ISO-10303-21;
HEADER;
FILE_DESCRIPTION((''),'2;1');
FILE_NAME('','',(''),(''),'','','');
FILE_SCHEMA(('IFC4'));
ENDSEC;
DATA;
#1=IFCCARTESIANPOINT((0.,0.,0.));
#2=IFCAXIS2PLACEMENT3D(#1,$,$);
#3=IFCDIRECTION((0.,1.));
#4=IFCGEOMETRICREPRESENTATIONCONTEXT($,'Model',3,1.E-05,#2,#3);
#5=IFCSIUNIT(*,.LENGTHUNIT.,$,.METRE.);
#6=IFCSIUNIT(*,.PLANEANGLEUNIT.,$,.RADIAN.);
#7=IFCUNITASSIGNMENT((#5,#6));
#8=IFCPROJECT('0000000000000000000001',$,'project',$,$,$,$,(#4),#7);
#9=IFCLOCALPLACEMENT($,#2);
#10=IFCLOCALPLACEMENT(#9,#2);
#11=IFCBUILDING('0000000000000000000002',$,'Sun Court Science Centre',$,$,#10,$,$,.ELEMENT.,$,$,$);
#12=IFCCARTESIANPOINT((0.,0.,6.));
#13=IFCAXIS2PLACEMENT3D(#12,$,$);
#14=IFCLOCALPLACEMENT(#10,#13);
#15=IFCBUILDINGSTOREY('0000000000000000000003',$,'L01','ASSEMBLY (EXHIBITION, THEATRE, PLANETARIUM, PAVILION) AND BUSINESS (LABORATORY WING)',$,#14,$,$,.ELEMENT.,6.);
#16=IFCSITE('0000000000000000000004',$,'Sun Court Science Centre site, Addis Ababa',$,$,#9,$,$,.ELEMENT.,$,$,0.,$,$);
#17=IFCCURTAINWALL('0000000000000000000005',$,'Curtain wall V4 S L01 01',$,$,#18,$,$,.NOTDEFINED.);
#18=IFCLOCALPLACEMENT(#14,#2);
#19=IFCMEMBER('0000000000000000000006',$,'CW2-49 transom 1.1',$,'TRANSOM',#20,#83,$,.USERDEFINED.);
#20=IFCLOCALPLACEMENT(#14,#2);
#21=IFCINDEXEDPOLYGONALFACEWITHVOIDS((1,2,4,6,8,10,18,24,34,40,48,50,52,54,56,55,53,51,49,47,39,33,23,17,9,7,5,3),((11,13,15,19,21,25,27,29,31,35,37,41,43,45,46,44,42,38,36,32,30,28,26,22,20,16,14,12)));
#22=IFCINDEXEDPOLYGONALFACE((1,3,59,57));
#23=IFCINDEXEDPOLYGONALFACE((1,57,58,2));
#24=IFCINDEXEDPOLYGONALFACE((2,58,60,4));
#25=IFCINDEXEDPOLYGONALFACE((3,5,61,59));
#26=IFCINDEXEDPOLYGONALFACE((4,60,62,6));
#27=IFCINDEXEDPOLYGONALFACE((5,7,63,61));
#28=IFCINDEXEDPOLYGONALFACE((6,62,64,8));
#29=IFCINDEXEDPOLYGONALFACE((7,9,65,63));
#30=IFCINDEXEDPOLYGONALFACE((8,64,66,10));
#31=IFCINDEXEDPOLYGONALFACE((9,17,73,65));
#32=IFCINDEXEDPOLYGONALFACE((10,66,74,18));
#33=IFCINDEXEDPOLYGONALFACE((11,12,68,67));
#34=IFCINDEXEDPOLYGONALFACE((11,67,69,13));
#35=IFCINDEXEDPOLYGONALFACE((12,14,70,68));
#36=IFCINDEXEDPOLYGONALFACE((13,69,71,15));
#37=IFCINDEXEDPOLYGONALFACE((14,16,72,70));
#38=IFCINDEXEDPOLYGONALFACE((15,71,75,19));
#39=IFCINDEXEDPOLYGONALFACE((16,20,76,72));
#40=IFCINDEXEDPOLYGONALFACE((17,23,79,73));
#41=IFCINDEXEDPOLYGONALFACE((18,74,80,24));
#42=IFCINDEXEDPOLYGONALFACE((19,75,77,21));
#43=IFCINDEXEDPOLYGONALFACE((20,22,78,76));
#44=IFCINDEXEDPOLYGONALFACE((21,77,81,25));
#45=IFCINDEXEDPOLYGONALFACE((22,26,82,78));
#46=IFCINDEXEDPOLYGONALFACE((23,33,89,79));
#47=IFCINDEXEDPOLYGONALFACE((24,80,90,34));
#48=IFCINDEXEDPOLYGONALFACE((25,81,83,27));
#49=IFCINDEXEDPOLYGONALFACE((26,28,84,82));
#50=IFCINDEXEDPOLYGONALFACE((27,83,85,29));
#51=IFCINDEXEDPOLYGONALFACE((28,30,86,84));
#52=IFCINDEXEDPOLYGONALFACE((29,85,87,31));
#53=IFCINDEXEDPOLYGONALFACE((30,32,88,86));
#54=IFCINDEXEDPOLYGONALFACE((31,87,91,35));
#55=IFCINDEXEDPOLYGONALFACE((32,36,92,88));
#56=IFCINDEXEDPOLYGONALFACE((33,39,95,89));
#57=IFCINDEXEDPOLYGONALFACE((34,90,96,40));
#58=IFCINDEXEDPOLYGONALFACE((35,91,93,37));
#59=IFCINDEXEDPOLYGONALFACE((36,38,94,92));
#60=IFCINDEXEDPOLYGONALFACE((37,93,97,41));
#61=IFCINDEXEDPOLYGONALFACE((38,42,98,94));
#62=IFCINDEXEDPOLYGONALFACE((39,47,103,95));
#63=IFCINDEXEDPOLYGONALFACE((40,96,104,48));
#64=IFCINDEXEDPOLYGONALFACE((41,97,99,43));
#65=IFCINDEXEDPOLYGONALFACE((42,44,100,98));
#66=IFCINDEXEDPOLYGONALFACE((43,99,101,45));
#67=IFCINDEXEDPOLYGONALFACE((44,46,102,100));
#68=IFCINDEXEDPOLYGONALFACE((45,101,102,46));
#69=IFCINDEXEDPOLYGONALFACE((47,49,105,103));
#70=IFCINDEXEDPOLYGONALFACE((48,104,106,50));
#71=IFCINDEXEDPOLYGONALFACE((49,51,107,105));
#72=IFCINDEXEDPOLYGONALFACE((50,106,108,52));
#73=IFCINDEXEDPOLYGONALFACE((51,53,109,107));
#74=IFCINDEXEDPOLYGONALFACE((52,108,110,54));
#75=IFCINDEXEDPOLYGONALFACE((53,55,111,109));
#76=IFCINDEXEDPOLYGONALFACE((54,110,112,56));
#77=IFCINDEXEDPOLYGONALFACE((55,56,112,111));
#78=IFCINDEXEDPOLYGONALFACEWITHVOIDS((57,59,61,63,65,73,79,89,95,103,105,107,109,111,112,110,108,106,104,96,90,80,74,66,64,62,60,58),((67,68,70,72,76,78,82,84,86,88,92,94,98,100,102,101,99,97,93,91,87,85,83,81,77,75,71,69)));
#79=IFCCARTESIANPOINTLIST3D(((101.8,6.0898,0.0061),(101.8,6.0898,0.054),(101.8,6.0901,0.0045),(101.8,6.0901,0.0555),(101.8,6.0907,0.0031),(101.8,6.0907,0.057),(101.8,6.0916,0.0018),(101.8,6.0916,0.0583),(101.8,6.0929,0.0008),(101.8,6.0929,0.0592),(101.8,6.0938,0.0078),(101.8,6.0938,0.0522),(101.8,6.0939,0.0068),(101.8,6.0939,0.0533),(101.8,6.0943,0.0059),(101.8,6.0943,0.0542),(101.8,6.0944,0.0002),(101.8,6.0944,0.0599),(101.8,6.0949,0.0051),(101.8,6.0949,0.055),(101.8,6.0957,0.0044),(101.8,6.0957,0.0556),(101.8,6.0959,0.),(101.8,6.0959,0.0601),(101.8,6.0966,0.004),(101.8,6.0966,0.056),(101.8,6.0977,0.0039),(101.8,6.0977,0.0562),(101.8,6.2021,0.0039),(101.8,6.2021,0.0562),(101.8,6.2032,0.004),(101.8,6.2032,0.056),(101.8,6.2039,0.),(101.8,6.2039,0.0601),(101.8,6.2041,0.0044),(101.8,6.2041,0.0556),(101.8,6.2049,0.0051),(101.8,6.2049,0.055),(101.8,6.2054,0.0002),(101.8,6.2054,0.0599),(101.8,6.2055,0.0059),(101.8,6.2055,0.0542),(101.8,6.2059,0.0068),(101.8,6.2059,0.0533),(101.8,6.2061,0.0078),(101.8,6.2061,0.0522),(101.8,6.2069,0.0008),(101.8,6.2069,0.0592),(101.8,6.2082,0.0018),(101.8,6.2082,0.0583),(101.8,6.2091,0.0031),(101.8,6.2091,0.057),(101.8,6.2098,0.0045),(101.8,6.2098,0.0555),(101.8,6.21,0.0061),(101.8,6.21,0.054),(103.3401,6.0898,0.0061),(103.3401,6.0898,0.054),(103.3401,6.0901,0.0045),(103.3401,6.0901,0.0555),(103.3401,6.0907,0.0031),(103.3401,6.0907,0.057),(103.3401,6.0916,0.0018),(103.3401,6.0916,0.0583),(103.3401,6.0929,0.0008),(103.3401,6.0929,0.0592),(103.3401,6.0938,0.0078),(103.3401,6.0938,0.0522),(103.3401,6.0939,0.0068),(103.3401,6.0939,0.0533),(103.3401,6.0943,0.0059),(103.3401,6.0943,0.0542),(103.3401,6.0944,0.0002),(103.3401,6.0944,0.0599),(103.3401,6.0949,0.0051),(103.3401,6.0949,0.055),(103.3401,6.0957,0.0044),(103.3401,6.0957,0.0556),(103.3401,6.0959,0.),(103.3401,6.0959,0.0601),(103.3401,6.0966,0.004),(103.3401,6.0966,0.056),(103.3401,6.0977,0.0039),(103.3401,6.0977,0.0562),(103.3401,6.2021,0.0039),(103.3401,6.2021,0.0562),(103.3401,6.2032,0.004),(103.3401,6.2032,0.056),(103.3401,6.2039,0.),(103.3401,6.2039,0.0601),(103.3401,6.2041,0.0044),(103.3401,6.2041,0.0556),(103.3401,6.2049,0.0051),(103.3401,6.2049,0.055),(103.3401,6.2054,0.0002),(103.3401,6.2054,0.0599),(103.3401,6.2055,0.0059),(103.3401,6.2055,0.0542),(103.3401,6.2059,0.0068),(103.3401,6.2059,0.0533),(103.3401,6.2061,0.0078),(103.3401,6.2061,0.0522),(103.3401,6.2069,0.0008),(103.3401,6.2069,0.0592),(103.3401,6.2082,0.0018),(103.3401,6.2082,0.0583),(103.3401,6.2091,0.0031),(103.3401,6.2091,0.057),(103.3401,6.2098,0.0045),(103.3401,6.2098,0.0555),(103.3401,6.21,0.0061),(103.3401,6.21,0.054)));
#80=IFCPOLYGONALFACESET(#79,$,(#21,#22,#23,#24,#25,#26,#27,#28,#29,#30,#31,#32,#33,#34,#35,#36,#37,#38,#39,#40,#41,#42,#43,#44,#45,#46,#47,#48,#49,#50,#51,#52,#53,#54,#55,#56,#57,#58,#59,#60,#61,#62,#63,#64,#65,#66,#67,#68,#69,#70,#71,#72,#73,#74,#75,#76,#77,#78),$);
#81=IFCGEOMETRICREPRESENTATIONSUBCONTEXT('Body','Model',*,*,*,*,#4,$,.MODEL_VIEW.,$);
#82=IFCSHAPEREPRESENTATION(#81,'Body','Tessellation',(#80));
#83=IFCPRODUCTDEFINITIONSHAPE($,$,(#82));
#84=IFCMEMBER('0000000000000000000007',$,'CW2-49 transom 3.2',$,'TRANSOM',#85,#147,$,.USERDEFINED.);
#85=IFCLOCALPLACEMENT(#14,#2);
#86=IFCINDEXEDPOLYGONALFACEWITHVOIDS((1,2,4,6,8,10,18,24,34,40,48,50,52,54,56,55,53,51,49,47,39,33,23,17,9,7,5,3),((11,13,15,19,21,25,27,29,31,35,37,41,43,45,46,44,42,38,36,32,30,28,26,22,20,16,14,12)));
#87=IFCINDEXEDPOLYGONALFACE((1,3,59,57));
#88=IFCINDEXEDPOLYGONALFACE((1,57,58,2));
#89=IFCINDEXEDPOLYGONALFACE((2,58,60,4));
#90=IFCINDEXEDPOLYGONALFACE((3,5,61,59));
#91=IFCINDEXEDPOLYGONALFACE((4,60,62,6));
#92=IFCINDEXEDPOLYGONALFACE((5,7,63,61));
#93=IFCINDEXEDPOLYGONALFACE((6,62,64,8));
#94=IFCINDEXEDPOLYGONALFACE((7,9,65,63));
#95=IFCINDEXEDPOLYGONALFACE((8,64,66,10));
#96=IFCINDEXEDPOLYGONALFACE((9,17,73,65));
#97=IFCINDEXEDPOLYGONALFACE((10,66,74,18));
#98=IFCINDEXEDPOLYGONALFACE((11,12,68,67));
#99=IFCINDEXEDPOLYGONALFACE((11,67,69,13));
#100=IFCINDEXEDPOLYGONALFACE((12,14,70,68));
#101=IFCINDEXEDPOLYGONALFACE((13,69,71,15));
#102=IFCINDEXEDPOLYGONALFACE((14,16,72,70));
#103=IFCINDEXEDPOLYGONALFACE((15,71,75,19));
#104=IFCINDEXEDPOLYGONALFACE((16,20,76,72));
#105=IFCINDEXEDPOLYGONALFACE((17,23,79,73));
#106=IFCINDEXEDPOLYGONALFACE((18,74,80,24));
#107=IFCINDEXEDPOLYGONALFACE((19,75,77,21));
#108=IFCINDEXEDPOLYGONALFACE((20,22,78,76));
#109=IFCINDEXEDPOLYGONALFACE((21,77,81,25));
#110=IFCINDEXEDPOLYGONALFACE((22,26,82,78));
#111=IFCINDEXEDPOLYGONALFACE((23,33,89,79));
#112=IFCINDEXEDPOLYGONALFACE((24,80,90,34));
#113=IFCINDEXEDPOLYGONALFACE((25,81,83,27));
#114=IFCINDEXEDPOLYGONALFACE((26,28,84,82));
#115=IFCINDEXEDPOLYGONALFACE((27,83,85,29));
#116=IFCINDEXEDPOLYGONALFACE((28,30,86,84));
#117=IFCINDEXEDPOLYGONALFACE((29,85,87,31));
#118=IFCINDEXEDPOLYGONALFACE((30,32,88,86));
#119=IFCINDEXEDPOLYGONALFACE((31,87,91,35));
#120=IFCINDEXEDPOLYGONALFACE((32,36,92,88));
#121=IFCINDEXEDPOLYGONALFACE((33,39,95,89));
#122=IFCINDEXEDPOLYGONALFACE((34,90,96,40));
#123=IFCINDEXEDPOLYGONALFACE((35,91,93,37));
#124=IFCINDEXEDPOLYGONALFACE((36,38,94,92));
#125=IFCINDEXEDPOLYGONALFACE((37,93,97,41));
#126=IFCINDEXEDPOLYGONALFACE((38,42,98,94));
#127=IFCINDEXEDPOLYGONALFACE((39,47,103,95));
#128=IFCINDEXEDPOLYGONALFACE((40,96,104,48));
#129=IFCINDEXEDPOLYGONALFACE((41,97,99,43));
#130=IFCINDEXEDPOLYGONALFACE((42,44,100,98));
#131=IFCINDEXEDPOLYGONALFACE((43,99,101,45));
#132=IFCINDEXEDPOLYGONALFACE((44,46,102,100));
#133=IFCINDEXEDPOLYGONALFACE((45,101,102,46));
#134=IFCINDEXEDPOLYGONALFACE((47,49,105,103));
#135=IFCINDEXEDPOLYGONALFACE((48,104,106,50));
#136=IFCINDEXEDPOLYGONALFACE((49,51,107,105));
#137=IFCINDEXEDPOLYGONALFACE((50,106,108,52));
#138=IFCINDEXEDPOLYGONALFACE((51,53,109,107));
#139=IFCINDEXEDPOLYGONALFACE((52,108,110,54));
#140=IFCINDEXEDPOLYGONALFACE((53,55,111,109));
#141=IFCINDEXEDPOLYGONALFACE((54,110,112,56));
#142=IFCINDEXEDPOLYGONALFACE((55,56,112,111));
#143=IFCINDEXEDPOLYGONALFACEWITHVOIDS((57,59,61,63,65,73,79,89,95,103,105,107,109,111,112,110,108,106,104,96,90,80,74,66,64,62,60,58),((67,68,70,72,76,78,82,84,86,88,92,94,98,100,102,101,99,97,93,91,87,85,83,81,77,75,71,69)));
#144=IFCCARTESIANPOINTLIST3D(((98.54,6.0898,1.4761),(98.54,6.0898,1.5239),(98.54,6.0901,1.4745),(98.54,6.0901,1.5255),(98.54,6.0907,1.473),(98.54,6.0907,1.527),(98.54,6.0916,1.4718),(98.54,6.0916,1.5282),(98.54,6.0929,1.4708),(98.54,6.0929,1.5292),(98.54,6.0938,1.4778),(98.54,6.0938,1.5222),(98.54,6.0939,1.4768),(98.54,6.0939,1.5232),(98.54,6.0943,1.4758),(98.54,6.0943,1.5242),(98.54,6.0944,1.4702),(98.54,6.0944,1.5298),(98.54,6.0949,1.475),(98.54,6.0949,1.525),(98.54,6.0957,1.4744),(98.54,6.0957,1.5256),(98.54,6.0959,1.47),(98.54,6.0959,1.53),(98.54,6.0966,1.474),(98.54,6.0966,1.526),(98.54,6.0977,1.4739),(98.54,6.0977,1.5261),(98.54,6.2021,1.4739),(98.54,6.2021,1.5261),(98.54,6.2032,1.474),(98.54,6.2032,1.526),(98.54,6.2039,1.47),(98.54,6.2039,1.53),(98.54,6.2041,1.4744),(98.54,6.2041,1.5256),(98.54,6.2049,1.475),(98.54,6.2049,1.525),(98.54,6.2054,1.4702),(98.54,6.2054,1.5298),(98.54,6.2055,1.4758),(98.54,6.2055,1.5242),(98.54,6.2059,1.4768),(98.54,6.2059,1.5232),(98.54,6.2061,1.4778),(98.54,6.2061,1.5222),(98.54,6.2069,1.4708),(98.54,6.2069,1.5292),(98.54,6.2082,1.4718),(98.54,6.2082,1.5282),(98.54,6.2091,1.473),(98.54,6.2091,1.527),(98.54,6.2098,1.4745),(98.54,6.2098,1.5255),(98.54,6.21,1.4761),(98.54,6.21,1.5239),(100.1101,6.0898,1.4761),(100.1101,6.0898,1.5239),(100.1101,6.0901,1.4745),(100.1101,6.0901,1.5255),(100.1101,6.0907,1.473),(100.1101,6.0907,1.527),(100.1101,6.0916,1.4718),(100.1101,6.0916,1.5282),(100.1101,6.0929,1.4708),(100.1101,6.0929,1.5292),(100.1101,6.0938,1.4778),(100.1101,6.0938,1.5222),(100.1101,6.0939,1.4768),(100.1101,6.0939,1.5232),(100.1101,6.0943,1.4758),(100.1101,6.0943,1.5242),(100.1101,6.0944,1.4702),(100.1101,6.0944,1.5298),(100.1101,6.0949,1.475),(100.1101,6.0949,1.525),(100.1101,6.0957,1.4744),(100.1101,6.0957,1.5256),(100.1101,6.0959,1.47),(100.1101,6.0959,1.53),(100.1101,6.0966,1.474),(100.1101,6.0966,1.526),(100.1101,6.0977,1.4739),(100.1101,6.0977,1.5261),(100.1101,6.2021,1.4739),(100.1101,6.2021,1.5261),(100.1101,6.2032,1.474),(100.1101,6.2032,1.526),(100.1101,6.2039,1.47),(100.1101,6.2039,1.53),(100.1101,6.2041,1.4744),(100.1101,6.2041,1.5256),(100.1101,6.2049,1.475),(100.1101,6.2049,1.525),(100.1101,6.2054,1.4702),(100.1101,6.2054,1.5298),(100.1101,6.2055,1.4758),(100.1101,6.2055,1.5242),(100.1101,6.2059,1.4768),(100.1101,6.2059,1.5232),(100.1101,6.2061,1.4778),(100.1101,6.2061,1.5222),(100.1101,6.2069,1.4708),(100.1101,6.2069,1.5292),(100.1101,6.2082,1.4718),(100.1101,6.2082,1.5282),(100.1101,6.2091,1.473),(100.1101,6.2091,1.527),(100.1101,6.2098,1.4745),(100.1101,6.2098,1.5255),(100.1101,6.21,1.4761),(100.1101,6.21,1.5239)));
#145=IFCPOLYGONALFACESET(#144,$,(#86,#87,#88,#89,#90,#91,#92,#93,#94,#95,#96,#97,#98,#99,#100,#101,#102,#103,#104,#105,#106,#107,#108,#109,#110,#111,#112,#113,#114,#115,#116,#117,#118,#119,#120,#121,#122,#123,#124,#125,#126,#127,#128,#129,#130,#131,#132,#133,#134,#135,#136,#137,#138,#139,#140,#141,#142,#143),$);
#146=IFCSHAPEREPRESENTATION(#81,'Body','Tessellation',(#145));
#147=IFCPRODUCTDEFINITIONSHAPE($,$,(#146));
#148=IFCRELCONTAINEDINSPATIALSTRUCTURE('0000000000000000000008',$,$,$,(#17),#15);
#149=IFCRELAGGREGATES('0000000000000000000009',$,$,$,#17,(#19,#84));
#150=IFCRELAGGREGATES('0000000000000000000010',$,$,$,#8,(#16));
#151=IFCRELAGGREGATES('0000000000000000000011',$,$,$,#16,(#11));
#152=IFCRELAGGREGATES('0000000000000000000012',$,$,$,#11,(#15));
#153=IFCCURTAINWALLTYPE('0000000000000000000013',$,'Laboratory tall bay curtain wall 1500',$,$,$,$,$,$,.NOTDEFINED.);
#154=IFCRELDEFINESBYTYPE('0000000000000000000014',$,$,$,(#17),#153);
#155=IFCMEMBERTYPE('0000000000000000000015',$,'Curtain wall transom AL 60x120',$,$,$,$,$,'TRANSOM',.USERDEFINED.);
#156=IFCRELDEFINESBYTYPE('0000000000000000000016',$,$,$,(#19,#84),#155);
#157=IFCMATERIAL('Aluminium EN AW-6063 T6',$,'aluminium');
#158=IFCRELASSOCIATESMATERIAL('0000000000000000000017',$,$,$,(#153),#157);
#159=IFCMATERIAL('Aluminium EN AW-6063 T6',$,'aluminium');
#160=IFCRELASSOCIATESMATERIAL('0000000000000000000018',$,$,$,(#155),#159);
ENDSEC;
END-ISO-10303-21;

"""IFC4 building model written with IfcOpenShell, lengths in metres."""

from ifc_helpers import new_model, si_unit, direction, frame, origin, origin_2d, place, context, subcontext, project, spatial, hollow_rectangle, extrude, material, material_profile, profile_set, type_object, element, aggregate, save


model = new_model("IFC4")

# Units and contexts
model_context = context("Model", 3, precision=1e-05, world=origin(), true_north=direction((0.0, 1.0)))
body_context = subcontext(model_context, "Body", "Model", "MODEL_VIEW")
ifc_project = project(units=[si_unit("LENGTHUNIT", "METRE"), si_unit("PLANEANGLEUNIT", "RADIAN")], contexts=[model_context])

# Site, building, storey
site_placement = place(None, origin())
site = spatial("IfcSite", under=ifc_project, at=site_placement, Name="Sun Court Science Centre site, Addis Ababa", CompositionType="ELEMENT", RefElevation=0.0)
building_placement = place(site_placement, origin())
building = spatial("IfcBuilding", under=site, at=building_placement, Name="Sun Court Science Centre", CompositionType="ELEMENT")
storey_placement = place(building_placement, frame((0.0, 0.0, 6.0)))
storey = spatial("IfcBuildingStorey", under=building, at=storey_placement, Name="L01", Description="ASSEMBLY (EXHIBITION, THEATRE, PLANETARIUM, PAVILION) AND BUSINESS (LABORATORY WING)", CompositionType="ELEMENT", Elevation=6.0)

# Curtain wall, members
ifc_material_1 = material(Name="Aluminium EN AW-6063 T6", Category="aluminium")
curtain_wall_type = type_object("IfcCurtainWallType", Name="Laboratory tall bay curtain wall 1500", PredefinedType="NOTDEFINED", material=ifc_material_1)
curtain_wall_placement = place(storey_placement, origin())
curtain_wall = element("IfcCurtainWall", 1, at=curtain_wall_placement, inside=storey, type_object=curtain_wall_type, Name="Curtain wall V4 S L01 01", PredefinedType="NOTDEFINED")
ifc_material_2 = material(Name="Aluminium EN AW-6063 T6", Category="aluminium")
ifc_material_profile_1 = material_profile(ifc_material_2, hollow_rectangle(XDim=0.0601, YDim=0.1201, WallThickness=0.0039, InnerFilletRadius=0.0039, OuterFilletRadius=0.0061, at=origin_2d()), Name="AL 60x120x4")
ifc_profile_set_1 = profile_set([ifc_material_profile_1], Name="Aluminium EN AW-6063 T6")
member_type_1 = type_object("IfcMemberType", Name="Curtain wall transom AL 60x120", ElementType="TRANSOM", PredefinedType="USERDEFINED", material=ifc_profile_set_1)
member_1_placement = place(storey_placement, frame((103.3401, 6.1499, 0.03), z_axis=(-1.0, 0.0, 0.0), x_axis=(0.0, 0.0, 1.0)))
member_1 = element("IfcMember", 2, at=member_1_placement, type_object=member_type_1, Name="CW2-49 transom 1.1", ObjectType="TRANSOM", PredefinedType="USERDEFINED", context=body_context, shape_type="SweptSolid", body=[
    extrude(hollow_rectangle(XDim=0.0601, YDim=0.1201, WallThickness=0.0039, InnerFilletRadius=0.0039, OuterFilletRadius=0.0061, at=origin_2d()), origin(), (0.0, 0.0, 1.0), 1.54),
])
member_2_placement = place(storey_placement, frame((100.1101, 6.1499, 1.5), z_axis=(-1.0, 0.0, 0.0), x_axis=(0.0, 0.0, 1.0)))
member_2 = element("IfcMember", 3, at=member_2_placement, type_object=member_type_1, Name="CW2-49 transom 3.2", ObjectType="TRANSOM", PredefinedType="USERDEFINED", context=body_context, shape_type="SweptSolid", body=[
    extrude(hollow_rectangle(XDim=0.0601, YDim=0.1201, WallThickness=0.0039, InnerFilletRadius=0.0039, OuterFilletRadius=0.0061, at=origin_2d()), origin(), (0.0, 0.0, 1.0), 1.5701),
])

aggregate(curtain_wall, [member_1, member_2])

save(model, "model.ifc")
